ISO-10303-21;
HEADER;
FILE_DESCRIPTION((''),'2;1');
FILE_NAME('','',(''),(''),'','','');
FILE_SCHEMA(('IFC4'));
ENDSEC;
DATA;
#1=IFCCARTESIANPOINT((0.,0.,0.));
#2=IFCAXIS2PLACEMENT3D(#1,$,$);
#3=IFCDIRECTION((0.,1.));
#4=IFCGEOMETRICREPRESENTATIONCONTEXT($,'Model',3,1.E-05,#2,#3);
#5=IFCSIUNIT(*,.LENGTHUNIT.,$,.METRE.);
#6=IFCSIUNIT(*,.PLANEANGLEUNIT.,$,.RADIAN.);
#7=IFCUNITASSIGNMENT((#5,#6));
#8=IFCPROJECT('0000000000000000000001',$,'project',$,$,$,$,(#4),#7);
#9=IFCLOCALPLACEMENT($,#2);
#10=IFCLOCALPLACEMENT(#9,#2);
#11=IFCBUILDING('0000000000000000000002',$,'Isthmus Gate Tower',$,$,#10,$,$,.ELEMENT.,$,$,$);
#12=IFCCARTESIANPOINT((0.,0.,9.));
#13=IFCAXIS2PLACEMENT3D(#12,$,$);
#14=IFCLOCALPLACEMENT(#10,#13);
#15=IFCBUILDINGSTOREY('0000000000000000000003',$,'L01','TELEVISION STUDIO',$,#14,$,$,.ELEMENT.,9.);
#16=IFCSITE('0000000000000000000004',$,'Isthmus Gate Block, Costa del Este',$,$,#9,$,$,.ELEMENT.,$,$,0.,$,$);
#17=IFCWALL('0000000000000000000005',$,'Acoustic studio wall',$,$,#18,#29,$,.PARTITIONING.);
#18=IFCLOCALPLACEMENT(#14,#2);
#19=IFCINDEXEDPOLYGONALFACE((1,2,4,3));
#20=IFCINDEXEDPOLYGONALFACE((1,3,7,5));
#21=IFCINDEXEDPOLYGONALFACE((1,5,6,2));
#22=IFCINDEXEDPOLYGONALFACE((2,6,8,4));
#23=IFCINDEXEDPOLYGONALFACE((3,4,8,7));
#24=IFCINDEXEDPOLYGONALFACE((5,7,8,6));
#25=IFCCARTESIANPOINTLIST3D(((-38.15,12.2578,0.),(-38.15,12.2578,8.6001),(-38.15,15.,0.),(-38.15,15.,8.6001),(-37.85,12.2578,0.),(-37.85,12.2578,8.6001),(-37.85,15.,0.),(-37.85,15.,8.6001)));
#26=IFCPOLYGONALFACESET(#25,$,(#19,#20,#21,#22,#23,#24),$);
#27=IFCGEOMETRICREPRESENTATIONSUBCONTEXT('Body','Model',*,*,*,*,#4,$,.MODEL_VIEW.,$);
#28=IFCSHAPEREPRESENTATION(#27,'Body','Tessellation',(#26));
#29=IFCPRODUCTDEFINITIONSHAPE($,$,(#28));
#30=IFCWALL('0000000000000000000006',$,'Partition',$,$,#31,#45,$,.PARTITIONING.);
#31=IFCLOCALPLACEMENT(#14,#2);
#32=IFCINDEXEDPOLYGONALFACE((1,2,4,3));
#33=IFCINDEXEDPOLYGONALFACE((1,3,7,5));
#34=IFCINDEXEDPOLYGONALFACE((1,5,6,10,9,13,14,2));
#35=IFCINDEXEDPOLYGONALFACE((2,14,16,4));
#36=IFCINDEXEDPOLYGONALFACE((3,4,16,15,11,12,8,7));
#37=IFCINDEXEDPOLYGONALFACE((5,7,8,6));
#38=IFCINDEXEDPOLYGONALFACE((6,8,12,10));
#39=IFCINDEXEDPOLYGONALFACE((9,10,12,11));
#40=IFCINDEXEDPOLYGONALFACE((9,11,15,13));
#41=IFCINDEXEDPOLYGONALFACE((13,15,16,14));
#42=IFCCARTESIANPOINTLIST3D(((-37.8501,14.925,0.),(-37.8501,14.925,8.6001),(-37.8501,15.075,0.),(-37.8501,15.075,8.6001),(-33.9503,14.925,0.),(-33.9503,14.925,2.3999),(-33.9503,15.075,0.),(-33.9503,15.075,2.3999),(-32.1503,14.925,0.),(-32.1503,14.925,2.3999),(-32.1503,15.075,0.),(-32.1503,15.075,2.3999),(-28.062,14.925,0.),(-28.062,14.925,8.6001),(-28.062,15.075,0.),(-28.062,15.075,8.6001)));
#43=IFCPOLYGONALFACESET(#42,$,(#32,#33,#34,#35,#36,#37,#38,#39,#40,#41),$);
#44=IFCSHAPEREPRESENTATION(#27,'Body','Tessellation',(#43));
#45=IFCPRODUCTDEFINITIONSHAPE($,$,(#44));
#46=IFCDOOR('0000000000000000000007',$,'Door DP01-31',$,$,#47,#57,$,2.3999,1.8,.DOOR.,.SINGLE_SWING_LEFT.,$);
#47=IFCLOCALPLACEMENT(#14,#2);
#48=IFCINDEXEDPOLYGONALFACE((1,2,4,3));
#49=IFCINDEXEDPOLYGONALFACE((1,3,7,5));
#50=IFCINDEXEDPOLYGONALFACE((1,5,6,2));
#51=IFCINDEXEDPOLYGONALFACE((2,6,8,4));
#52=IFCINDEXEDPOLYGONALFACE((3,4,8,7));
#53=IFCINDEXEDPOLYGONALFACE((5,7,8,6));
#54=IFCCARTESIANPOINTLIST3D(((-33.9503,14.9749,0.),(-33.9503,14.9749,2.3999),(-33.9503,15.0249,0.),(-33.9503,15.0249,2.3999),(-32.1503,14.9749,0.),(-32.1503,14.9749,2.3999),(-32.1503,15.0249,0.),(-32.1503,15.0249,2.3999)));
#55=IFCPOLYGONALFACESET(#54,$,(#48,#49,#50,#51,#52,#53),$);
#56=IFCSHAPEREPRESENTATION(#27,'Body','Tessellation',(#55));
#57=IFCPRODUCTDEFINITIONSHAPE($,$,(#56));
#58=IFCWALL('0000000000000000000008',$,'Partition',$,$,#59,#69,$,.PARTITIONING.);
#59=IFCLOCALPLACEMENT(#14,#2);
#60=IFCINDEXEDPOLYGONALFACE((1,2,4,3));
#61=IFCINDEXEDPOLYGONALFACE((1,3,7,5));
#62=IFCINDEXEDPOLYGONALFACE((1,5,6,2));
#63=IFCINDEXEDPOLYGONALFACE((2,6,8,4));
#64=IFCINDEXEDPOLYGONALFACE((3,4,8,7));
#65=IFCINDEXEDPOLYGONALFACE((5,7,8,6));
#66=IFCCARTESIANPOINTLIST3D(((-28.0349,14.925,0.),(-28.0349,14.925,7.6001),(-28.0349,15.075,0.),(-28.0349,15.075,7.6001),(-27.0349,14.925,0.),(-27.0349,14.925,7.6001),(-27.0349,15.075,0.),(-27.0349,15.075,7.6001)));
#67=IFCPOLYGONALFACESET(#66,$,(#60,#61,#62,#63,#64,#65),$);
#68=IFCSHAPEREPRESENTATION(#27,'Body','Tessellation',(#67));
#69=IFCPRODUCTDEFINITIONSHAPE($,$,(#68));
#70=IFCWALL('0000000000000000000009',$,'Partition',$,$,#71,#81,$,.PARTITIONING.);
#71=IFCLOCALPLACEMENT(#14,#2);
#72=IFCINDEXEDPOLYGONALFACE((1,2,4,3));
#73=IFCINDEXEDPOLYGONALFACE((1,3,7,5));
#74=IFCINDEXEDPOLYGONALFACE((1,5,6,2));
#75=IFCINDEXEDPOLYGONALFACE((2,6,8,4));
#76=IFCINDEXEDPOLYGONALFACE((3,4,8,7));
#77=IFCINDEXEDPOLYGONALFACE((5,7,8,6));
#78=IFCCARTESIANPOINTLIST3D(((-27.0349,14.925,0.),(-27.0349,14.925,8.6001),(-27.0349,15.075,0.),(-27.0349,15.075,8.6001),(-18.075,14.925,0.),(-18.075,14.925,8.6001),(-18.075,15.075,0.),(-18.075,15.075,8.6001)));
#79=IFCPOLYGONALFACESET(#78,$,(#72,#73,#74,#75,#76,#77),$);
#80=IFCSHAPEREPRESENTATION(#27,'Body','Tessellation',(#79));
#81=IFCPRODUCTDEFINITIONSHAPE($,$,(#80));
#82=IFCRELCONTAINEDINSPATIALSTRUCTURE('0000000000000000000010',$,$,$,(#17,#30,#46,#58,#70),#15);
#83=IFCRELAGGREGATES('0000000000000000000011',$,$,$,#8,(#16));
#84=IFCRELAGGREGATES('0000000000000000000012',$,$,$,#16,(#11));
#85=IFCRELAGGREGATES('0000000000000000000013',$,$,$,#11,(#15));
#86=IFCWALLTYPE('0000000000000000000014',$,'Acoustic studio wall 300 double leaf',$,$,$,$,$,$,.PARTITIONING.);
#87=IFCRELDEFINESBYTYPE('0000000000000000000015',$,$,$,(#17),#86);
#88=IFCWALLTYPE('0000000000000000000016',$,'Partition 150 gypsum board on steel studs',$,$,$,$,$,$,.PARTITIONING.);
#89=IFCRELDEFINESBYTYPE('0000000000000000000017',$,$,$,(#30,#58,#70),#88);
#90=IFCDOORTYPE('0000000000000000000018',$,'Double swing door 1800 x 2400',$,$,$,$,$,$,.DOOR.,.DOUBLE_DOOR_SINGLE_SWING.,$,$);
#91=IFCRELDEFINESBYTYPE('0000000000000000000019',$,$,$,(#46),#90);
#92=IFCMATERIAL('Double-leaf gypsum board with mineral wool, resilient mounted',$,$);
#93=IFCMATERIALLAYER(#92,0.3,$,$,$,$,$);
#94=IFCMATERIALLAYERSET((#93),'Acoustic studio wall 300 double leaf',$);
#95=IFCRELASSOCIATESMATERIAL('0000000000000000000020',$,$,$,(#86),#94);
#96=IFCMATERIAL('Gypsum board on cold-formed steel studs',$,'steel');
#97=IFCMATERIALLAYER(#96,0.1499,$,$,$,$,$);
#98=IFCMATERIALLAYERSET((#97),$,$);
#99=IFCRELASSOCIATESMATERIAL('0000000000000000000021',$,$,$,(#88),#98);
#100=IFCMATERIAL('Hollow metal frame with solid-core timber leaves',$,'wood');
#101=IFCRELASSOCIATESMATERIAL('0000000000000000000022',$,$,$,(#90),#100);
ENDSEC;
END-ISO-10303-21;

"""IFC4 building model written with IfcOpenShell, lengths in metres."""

from ifc_helpers import new_model, si_unit, direction, frame, frame_2d, origin, place, context, subcontext, project, spatial, rectangle, extrude, material, layer, layer_set, type_object, element, fill, save


model = new_model("IFC4")

# Units and contexts
model_context = context("Model", 3, precision=1e-05, world=origin(), true_north=direction((0.0, 1.0)))
body_context = subcontext(model_context, "Body", "Model", "MODEL_VIEW")
ifc_project = project(units=[si_unit("LENGTHUNIT", "METRE"), si_unit("PLANEANGLEUNIT", "RADIAN")], contexts=[model_context])

# Site, building, storey
site_placement = place(None, origin())
site = spatial("IfcSite", under=ifc_project, at=site_placement, Name="Isthmus Gate Block, Costa del Este", CompositionType="ELEMENT", RefElevation=0.0)
building_placement = place(site_placement, origin())
building = spatial("IfcBuilding", under=site, at=building_placement, Name="Isthmus Gate Tower", CompositionType="ELEMENT")
storey_placement = place(building_placement, frame((0.0, 0.0, 9.0)))
storey = spatial("IfcBuildingStorey", under=building, at=storey_placement, Name="L01", Description="TELEVISION STUDIO", CompositionType="ELEMENT", Elevation=9.0)

# Wall
ifc_material_1 = material(Name="Double-leaf gypsum board with mineral wool, resilient mounted")
ifc_layer_1 = layer(ifc_material_1, 0.3)
ifc_layer_set_1 = layer_set([ifc_layer_1], Name="Acoustic studio wall 300 double leaf")
wall_type_1 = type_object("IfcWallType", Name="Acoustic studio wall 300 double leaf", PredefinedType="PARTITIONING", material=ifc_layer_set_1)
wall_1_placement = place(storey_placement, frame((-38.0, 12.2578, 0.0), z_axis=(0.0, 0.0, 1.0), x_axis=(0.0, 1.0, 0.0)))
element("IfcWall", 1, at=wall_1_placement, inside=storey, type_object=wall_type_1, Name="Acoustic studio wall", PredefinedType="PARTITIONING", context=body_context, shape_type="SweptSolid", body=[
    extrude(rectangle(XDim=2.7422, YDim=0.3, at=frame_2d((1.3711, 0.0))), origin(), (0.0, 0.0, 1.0), 8.6001),
])

# Wall, opening, door
ifc_material_2 = material(Name="Gypsum board on cold-formed steel studs", Category="steel")
ifc_layer_2 = layer(ifc_material_2, 0.1499)
ifc_layer_set_2 = layer_set([ifc_layer_2])
wall_type_2 = type_object("IfcWallType", Name="Partition 150 gypsum board on steel studs", PredefinedType="PARTITIONING", material=ifc_layer_set_2)
wall_2_placement = place(storey_placement, frame((-37.8501, 15.0, 0.0), z_axis=(0.0, 0.0, 1.0), x_axis=(1.0, 0.0, 0.0)))
wall_2 = element("IfcWall", 2, at=wall_2_placement, inside=storey, type_object=wall_type_2, Name="Partition", PredefinedType="PARTITIONING", context=body_context, shape_type="SweptSolid", body=[
    extrude(rectangle(XDim=9.7881, YDim=0.1499, at=frame_2d((4.894, 0.0))), origin(), (0.0, 0.0, 1.0), 8.6001),
])
opening_placement = place(wall_2_placement, frame((3.8999, 0.0, 0.0)))
opening = element("IfcOpeningElement", 3, at=opening_placement, cuts=wall_2, PredefinedType="OPENING", context=body_context, shape_type="SweptSolid", body=[
    extrude(rectangle(XDim=1.8, YDim=2.3999, at=frame_2d((0.8999, 1.2))), frame((0.0, 0.085, 0.0), z_axis=(0.0, -1.0, 0.0), x_axis=(1.0, 0.0, 0.0)), (0.0, 0.0, 1.0), 0.1699),
])
ifc_material_3 = material(Name="Hollow metal frame with solid-core timber leaves", Category="wood")
door_type = type_object("IfcDoorType", Name="Double swing door 1800 x 2400", OperationType="DOUBLE_DOOR_SINGLE_SWING", PredefinedType="DOOR", material=ifc_material_3)
door_placement = place(opening_placement, origin())
door = element("IfcDoor", 4, at=door_placement, inside=storey, type_object=door_type, Name="Door DP01-31", OperationType="SINGLE_SWING_LEFT", OverallHeight=2.3999, OverallWidth=1.8, PredefinedType="DOOR", context=body_context, shape_type="SweptSolid", body=[
    extrude(rectangle(XDim=1.8, YDim=2.3999, at=frame_2d((0.8999, 1.2))), frame((0.0, 0.0249, 0.0), z_axis=(0.0, -1.0, 0.0), x_axis=(1.0, 0.0, 0.0)), (0.0, 0.0, 1.0), 0.05),
])
fill(opening, door)

# Walls
wall_3_placement = place(storey_placement, frame((-28.0349, 15.0, 0.0), z_axis=(0.0, 0.0, 1.0), x_axis=(1.0, 0.0, 0.0)))
element("IfcWall", 5, at=wall_3_placement, inside=storey, type_object=wall_type_2, Name="Partition", PredefinedType="PARTITIONING", context=body_context, shape_type="SweptSolid", body=[
    extrude(rectangle(XDim=1.0, YDim=0.1499, at=frame_2d((0.5, 0.0))), origin(), (0.0, 0.0, 1.0), 7.6001),
])
wall_4_placement = place(storey_placement, frame((-27.0349, 15.0, 0.0), z_axis=(0.0, 0.0, 1.0), x_axis=(1.0, 0.0, 0.0)))
element("IfcWall", 6, at=wall_4_placement, inside=storey, type_object=wall_type_2, Name="Partition", PredefinedType="PARTITIONING", context=body_context, shape_type="SweptSolid", body=[
    extrude(rectangle(XDim=8.96, YDim=0.1499, at=frame_2d((4.48, 0.0))), origin(), (0.0, 0.0, 1.0), 8.6001),
])

save(model, "model.ifc")
